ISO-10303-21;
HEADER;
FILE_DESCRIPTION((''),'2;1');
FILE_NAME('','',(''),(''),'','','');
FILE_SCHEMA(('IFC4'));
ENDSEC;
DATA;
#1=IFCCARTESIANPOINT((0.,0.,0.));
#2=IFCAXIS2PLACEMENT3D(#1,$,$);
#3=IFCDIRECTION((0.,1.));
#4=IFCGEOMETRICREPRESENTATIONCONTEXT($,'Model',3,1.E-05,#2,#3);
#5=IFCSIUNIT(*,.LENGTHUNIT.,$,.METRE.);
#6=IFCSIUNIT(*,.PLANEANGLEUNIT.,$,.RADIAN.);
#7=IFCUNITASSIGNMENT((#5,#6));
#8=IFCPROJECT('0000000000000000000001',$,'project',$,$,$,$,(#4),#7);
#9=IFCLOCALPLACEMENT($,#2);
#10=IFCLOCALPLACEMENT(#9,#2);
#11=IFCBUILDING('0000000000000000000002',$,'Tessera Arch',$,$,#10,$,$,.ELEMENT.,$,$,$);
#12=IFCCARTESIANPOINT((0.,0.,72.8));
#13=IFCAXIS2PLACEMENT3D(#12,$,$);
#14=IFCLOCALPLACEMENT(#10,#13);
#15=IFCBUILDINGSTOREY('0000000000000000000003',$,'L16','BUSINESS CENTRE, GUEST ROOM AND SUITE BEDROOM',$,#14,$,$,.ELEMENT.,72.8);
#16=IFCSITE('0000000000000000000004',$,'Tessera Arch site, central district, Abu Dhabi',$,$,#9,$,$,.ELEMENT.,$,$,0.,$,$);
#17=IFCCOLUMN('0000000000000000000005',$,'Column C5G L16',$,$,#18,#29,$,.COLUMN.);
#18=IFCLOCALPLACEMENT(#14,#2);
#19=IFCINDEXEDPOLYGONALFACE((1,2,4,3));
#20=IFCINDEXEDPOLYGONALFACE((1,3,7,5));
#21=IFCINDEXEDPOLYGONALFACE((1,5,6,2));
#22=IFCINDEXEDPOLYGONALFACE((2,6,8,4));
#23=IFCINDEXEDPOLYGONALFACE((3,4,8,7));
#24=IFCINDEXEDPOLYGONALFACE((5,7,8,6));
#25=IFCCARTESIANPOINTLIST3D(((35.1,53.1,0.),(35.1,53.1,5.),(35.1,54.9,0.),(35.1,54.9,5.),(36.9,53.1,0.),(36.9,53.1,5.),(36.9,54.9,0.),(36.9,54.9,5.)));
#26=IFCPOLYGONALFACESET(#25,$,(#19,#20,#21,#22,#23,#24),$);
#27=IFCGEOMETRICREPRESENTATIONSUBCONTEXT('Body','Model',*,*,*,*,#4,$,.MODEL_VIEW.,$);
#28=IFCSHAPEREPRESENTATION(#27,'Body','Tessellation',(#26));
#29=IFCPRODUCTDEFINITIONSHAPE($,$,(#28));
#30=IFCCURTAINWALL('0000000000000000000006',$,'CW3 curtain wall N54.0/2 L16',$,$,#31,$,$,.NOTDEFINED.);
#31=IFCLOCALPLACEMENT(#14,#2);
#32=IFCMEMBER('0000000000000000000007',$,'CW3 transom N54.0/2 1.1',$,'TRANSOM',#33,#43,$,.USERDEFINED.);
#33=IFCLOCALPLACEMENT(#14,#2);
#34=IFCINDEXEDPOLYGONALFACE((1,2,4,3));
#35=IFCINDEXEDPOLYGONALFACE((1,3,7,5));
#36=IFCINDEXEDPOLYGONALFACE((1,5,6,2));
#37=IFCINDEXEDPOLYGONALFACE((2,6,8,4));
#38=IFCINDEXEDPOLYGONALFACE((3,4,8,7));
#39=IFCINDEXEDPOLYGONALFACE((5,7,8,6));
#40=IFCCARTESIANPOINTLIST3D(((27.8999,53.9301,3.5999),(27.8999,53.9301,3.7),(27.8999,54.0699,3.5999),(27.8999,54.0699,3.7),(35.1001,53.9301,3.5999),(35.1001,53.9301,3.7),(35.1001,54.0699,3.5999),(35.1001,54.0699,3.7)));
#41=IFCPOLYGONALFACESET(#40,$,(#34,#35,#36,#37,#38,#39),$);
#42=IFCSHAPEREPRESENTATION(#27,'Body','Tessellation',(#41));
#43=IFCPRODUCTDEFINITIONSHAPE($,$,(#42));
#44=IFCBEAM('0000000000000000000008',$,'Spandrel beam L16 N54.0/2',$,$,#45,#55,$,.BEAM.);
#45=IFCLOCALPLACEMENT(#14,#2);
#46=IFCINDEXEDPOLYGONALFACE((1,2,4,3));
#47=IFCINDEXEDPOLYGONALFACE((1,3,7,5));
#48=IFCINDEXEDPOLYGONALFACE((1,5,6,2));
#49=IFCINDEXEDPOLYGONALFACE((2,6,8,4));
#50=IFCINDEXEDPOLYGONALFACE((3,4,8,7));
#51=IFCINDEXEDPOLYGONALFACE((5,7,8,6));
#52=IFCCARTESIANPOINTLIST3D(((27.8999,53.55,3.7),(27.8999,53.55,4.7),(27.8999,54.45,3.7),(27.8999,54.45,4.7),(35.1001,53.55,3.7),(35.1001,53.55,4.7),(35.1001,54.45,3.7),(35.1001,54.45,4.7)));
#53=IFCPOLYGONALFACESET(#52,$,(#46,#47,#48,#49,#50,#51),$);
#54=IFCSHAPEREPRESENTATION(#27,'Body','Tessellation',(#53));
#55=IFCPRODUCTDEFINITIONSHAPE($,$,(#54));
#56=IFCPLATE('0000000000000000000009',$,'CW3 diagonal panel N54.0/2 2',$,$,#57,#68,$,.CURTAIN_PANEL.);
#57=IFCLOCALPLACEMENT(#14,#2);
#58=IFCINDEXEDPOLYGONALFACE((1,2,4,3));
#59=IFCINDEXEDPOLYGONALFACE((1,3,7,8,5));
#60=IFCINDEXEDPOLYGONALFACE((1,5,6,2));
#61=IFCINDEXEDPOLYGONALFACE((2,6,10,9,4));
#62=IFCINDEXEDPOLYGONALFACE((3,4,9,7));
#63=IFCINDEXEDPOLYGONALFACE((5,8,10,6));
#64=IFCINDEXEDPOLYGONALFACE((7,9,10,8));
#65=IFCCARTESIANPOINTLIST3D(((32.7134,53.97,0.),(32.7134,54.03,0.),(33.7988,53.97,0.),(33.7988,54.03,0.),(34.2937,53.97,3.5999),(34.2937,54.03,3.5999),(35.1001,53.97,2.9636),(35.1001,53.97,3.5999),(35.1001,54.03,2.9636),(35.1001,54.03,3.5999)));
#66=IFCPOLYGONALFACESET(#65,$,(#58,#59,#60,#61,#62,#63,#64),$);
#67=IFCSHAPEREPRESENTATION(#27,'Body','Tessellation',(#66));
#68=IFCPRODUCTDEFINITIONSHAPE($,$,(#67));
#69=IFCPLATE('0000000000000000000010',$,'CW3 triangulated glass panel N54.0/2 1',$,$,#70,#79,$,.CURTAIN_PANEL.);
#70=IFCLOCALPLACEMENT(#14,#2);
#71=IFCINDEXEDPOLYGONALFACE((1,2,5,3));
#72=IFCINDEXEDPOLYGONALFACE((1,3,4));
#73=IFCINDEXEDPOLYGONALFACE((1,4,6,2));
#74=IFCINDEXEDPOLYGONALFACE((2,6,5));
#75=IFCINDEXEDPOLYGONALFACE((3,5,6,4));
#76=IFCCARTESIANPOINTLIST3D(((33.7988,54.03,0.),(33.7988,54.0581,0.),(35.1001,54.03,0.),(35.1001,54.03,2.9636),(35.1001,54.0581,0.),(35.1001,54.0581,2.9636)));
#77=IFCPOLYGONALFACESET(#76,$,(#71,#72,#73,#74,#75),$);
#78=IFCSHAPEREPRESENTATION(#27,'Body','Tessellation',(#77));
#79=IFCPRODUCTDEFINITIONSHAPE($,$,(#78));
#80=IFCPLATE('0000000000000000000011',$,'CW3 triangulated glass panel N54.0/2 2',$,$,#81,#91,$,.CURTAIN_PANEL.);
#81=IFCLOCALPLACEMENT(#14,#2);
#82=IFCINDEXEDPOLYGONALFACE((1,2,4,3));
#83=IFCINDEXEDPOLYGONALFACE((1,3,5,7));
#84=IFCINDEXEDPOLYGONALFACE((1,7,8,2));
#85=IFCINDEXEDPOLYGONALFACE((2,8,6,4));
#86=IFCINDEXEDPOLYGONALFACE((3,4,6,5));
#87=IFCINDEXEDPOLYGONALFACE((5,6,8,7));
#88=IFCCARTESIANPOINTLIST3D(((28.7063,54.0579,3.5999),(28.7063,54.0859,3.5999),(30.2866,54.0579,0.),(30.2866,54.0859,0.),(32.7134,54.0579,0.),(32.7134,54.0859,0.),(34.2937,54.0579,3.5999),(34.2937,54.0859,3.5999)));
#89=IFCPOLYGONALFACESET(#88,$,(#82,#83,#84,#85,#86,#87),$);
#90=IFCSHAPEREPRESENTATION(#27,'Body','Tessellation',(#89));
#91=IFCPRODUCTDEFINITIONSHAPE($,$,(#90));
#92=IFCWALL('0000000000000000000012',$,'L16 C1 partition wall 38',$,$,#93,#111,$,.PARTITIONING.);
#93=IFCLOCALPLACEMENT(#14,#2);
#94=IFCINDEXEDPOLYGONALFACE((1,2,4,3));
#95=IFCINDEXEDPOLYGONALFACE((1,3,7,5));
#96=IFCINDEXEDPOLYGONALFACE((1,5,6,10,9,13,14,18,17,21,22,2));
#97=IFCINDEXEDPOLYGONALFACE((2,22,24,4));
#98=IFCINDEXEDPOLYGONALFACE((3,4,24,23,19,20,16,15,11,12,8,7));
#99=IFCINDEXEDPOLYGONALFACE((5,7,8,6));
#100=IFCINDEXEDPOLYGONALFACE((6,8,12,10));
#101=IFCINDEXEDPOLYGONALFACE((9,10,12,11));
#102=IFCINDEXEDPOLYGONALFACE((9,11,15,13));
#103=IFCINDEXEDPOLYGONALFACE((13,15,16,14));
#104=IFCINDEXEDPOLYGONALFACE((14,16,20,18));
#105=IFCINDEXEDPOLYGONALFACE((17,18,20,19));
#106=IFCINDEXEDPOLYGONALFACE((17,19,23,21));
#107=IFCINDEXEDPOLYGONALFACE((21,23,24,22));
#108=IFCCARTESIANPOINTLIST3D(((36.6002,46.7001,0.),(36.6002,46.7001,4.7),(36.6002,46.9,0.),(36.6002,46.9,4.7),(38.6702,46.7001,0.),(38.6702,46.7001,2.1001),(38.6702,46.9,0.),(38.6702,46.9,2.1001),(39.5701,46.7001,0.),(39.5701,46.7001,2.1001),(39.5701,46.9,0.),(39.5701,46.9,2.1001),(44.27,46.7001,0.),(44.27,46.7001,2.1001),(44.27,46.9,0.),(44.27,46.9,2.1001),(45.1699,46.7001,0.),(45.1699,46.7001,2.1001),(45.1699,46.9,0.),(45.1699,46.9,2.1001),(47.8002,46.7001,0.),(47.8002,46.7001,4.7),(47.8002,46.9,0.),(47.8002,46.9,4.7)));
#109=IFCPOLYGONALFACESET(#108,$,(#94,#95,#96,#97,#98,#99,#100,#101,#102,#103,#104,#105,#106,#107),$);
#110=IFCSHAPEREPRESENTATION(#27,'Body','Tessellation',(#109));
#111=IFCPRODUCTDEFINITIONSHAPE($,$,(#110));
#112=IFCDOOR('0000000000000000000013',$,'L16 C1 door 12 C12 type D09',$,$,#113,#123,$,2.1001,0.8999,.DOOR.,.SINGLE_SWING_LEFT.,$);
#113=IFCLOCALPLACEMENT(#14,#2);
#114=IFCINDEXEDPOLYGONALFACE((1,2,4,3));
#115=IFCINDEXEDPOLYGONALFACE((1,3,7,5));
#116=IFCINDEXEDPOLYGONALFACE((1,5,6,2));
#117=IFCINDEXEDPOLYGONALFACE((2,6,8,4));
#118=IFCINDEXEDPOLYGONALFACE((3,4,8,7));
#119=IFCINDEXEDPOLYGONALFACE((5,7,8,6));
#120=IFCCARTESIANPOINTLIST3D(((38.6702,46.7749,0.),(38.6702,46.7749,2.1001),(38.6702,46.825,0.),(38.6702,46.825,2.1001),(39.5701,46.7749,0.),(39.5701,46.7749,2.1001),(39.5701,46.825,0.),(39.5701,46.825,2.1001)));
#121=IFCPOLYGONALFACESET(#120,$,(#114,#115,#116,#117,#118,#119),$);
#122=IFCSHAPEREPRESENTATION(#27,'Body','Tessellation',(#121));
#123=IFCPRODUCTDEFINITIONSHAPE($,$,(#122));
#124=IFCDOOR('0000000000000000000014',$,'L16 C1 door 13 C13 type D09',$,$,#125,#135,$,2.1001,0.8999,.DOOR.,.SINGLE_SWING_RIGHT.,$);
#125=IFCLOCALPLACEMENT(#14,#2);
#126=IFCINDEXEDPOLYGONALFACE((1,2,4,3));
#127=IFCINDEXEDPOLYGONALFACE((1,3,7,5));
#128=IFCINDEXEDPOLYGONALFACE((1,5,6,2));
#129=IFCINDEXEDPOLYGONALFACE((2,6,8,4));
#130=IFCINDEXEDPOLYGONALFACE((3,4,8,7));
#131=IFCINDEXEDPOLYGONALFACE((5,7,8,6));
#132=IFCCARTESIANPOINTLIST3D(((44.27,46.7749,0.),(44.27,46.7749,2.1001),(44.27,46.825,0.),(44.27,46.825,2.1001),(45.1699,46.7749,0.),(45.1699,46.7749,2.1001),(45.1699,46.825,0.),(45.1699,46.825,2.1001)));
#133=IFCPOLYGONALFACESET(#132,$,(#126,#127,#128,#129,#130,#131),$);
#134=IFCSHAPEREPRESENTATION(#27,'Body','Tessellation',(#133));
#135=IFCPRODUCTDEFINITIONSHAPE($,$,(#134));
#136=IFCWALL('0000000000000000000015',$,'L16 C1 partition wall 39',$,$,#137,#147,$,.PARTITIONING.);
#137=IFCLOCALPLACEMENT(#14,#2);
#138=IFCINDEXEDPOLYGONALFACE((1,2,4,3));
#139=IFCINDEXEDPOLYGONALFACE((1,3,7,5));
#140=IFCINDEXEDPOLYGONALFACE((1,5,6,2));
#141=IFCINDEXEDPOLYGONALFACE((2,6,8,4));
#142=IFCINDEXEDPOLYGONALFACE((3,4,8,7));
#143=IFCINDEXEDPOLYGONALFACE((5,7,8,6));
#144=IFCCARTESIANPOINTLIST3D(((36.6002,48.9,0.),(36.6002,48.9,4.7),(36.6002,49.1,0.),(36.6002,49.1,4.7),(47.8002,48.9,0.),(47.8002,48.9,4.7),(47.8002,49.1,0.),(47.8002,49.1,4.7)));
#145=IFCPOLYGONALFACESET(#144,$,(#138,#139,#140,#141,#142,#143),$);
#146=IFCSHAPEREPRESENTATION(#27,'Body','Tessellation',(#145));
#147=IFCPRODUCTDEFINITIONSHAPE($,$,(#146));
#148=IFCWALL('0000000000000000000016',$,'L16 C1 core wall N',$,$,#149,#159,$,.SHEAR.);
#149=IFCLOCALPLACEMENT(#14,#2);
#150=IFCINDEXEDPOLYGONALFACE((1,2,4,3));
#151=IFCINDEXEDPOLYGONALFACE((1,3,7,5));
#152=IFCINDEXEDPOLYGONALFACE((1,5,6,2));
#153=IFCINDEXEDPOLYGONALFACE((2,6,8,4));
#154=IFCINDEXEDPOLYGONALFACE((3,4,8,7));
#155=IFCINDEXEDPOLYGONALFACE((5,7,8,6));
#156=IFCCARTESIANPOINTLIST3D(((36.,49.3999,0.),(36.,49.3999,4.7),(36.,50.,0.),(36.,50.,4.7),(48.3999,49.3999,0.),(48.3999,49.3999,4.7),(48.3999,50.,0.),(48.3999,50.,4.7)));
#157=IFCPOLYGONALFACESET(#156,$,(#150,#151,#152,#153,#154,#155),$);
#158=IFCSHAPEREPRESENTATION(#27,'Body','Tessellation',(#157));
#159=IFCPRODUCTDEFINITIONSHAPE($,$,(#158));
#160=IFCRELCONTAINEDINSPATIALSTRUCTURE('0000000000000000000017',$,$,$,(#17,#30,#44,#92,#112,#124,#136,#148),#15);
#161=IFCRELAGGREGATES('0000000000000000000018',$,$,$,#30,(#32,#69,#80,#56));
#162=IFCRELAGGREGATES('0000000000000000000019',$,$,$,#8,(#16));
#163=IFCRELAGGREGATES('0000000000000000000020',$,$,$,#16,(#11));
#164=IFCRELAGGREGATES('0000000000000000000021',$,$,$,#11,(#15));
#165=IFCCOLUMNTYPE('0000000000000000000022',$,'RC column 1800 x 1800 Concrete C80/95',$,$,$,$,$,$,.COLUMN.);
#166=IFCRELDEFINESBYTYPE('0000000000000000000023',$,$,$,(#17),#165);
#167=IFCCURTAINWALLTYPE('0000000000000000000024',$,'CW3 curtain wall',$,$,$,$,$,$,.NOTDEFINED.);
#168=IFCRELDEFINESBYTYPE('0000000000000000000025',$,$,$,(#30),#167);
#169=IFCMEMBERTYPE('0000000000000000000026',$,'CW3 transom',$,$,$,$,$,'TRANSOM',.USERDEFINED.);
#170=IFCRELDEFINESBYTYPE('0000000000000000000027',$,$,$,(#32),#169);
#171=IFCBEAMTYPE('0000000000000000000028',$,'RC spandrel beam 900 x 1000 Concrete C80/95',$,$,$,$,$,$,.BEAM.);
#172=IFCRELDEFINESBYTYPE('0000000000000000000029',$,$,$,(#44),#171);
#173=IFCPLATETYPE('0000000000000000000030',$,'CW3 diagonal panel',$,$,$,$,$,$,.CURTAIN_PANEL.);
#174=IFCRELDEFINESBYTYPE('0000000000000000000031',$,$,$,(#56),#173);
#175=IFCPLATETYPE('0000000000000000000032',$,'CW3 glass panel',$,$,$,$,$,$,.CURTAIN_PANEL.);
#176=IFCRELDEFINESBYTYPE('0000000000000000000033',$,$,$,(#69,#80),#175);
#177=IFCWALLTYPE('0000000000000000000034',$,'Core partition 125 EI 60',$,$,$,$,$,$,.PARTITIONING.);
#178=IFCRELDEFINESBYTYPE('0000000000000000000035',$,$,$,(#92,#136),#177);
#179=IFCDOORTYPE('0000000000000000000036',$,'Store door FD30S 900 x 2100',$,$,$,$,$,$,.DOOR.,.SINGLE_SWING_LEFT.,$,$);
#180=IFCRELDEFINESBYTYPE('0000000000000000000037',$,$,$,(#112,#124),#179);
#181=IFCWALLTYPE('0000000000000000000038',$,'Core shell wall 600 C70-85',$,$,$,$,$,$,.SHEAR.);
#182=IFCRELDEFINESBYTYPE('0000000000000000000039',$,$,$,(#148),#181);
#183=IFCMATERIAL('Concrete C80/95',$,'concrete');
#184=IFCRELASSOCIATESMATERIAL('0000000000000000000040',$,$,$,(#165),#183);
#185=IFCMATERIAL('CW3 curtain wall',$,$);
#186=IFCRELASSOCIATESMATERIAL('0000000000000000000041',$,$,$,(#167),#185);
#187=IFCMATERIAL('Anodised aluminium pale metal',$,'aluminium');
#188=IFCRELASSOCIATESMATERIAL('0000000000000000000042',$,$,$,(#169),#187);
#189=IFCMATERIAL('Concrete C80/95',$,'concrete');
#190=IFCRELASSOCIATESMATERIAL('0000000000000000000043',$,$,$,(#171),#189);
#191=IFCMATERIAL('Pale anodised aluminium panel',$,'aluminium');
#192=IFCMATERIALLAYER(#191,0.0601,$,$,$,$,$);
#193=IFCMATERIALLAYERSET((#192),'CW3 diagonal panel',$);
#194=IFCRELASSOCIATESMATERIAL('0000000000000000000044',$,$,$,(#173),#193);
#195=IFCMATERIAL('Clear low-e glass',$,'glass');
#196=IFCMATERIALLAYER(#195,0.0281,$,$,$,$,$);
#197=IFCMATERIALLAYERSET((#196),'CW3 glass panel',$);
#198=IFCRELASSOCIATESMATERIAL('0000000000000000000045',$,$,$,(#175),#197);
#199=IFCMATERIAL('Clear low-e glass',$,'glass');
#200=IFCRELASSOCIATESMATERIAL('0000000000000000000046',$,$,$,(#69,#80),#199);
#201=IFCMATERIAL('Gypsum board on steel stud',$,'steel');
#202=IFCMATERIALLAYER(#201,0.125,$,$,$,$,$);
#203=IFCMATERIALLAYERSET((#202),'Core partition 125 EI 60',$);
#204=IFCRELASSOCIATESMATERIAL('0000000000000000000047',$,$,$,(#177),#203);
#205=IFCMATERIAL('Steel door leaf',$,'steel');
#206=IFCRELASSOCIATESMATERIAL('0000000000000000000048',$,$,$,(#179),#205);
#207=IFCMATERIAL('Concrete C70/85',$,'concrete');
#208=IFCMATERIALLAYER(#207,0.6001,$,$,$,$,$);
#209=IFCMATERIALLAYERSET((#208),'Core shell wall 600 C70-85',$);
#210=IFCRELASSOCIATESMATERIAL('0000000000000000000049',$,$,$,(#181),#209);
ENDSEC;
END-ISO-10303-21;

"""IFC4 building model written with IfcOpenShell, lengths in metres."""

from ifc_helpers import new_model, si_unit, direction, frame, frame_2d, origin, origin_2d, place, context, subcontext, project, spatial, polyline, rectangle, outline, extrude, material, layer, layer_set, material_profile, profile_set, type_object, element, fill, aggregate, save


model = new_model("IFC4")

# Units and contexts
model_context = context("Model", 3, precision=1e-05, world=origin(), true_north=direction((0.0, 1.0)))
body_context = subcontext(model_context, "Body", "Model", "MODEL_VIEW")
ifc_project = project(units=[si_unit("LENGTHUNIT", "METRE"), si_unit("PLANEANGLEUNIT", "RADIAN")], contexts=[model_context])

# Site, building, storey
site_placement = place(None, origin())
site = spatial("IfcSite", under=ifc_project, at=site_placement, Name="Tessera Arch site, central district, Abu Dhabi", CompositionType="ELEMENT", RefElevation=0.0)
building_placement = place(site_placement, origin())
building = spatial("IfcBuilding", under=site, at=building_placement, Name="Tessera Arch", CompositionType="ELEMENT")
storey_placement = place(building_placement, frame((0.0, 0.0, 72.8)))
storey = spatial("IfcBuildingStorey", under=building, at=storey_placement, Name="L16", Description="BUSINESS CENTRE, GUEST ROOM AND SUITE BEDROOM", CompositionType="ELEMENT", Elevation=72.8)

# Column
ifc_material_1 = material(Name="Concrete C80/95", Category="concrete")
ifc_material_profile_1 = material_profile(ifc_material_1, rectangle(XDim=1.8, YDim=1.8, at=origin_2d()), Name="RC column 1800 x 1800 Concrete C80/95")
ifc_profile_set_1 = profile_set([ifc_material_profile_1], Name="Concrete C80/95")
column_type = type_object("IfcColumnType", Name="RC column 1800 x 1800 Concrete C80/95", PredefinedType="COLUMN", material=ifc_profile_set_1)
column_placement = place(storey_placement, frame((36.0, 54.0, 0.0), z_axis=(0.0, 0.0, 1.0), x_axis=(1.0, 0.0, 0.0)))
element("IfcColumn", 1, at=column_placement, inside=storey, type_object=column_type, Name="Column C5G L16", PredefinedType="COLUMN", context=body_context, shape_type="SweptSolid", body=[
    extrude(rectangle(XDim=1.8, YDim=1.8, at=origin_2d()), origin(), (0.0, 0.0, 1.0), 5.0),
])

# Curtain wall, member
ifc_material_2 = material(Name="CW3 curtain wall")
curtain_wall_type = type_object("IfcCurtainWallType", Name="CW3 curtain wall", PredefinedType="NOTDEFINED", material=ifc_material_2)
curtain_wall_placement = place(storey_placement, origin())
curtain_wall = element("IfcCurtainWall", 2, at=curtain_wall_placement, inside=storey, type_object=curtain_wall_type, Name="CW3 curtain wall N54.0/2 L16", PredefinedType="NOTDEFINED")
ifc_material_3 = material(Name="Anodised aluminium pale metal", Category="aluminium")
ifc_material_profile_2 = material_profile(ifc_material_3, rectangle(XDim=0.1399, YDim=0.1001, at=origin_2d()), Name="AL 140x100")
ifc_profile_set_2 = profile_set([ifc_material_profile_2], Name="Anodised aluminium pale metal")
member_type = type_object("IfcMemberType", Name="CW3 transom", ElementType="TRANSOM", PredefinedType="USERDEFINED", material=ifc_profile_set_2)
member_placement = place(storey_placement, frame((35.1001, 54.0, 3.6499), z_axis=(-1.0, 0.0, 0.0), x_axis=(0.0, -1.0, 0.0)))
member = element("IfcMember", 3, at=member_placement, type_object=member_type, Name="CW3 transom N54.0/2 1.1", ObjectType="TRANSOM", PredefinedType="USERDEFINED", context=body_context, shape_type="SweptSolid", body=[
    extrude(rectangle(XDim=0.1399, YDim=0.1001, at=origin_2d()), origin(), (0.0, 0.0, 1.0), 7.2002),
])

# Beam
ifc_material_4 = material(Name="Concrete C80/95", Category="concrete")
ifc_material_profile_3 = material_profile(ifc_material_4, rectangle(XDim=0.8999, YDim=1.0, at=origin_2d()), Name="RC spandrel beam 900 x 1000 Concrete C80/95")
ifc_profile_set_3 = profile_set([ifc_material_profile_3], Name="Concrete C80/95")
beam_type = type_object("IfcBeamType", Name="RC spandrel beam 900 x 1000 Concrete C80/95", PredefinedType="BEAM", material=ifc_profile_set_3)
beam_placement = place(storey_placement, frame((35.1001, 54.0, 4.2), z_axis=(-1.0, 0.0, 0.0), x_axis=(0.0, -1.0, 0.0)))
element("IfcBeam", 4, at=beam_placement, inside=storey, type_object=beam_type, Name="Spandrel beam L16 N54.0/2", PredefinedType="BEAM", context=body_context, shape_type="SweptSolid", body=[
    extrude(rectangle(XDim=0.8999, YDim=1.0, at=origin_2d()), origin(), (0.0, 0.0, 1.0), 7.2002),
])

# Plates
ifc_material_5 = material(Name="Pale anodised aluminium panel", Category="aluminium")
ifc_layer_1 = layer(ifc_material_5, 0.0601)
ifc_layer_set_1 = layer_set([ifc_layer_1], Name="CW3 diagonal panel")
plate_type_1 = type_object("IfcPlateType", Name="CW3 diagonal panel", PredefinedType="CURTAIN_PANEL", material=ifc_layer_set_1)
plate_1_placement = place(storey_placement, frame((35.1001, 54.03, 3.5999), z_axis=(0.0, 1.0, 0.0), x_axis=(0.0, 0.0, -1.0)))
plate_1 = element("IfcPlate", 5, at=plate_1_placement, type_object=plate_type_1, Name="CW3 diagonal panel N54.0/2 2", PredefinedType="CURTAIN_PANEL", context=body_context, shape_type="SweptSolid", body=[
    extrude(outline(polyline([(0.0, 0.0), (0.6362, 0.0), (3.5999, 1.3013), (3.5999, 2.3867), (0.0, 0.8064), (0.0, 0.0)])), origin(), (0.0, 0.0, -1.0), 0.0601),
])
ifc_material_6 = material(Name="Clear low-e glass", Category="glass")
ifc_material_7 = material(Name="Clear low-e glass", Category="glass")
ifc_layer_2 = layer(ifc_material_7, 0.0281)
ifc_layer_set_2 = layer_set([ifc_layer_2], Name="CW3 glass panel")
plate_type_2 = type_object("IfcPlateType", Name="CW3 glass panel", PredefinedType="CURTAIN_PANEL", material=ifc_layer_set_2)
plate_2_placement = place(storey_placement, frame((35.1001, 54.0581, 0.0), z_axis=(0.0, 1.0, 0.0), x_axis=(-1.0, 0.0, 0.0)))
plate_2 = element("IfcPlate", 6, at=plate_2_placement, type_object=plate_type_2, material=ifc_material_6, Name="CW3 triangulated glass panel N54.0/2 1", PredefinedType="CURTAIN_PANEL", context=body_context, shape_type="SweptSolid", body=[
    extrude(outline(polyline([(0.0, 0.0), (1.3013, 0.0), (0.0, 2.9636), (0.0, 0.0)])), origin(), (0.0, 0.0, -1.0), 0.0281),
])
plate_3_placement = place(storey_placement, frame((28.7063, 54.0859, 3.5999), z_axis=(0.0, 1.0, 0.0), x_axis=(1.0, 0.0, 0.0)))
plate_3 = element("IfcPlate", 7, at=plate_3_placement, type_object=plate_type_2, material=ifc_material_6, Name="CW3 triangulated glass panel N54.0/2 2", PredefinedType="CURTAIN_PANEL", context=body_context, shape_type="SweptSolid", body=[
    extrude(outline(polyline([(0.0, 0.0), (5.5874, 0.0), (4.0071, 3.5999), (1.5803, 3.5999), (0.0, 0.0)])), origin(), (0.0, 0.0, -1.0), 0.0281),
])
aggregate(curtain_wall, [member, plate_2, plate_3, plate_1])

# Wall, openings, doors
ifc_material_8 = material(Name="Gypsum board on steel stud", Category="steel")
ifc_layer_3 = layer(ifc_material_8, 0.125)
ifc_layer_set_3 = layer_set([ifc_layer_3], Name="Core partition 125 EI 60")
wall_type_1 = type_object("IfcWallType", Name="Core partition 125 EI 60", PredefinedType="PARTITIONING", material=ifc_layer_set_3)
wall_1_placement = place(storey_placement, frame((36.6001, 46.8, 0.0), z_axis=(0.0, 0.0, 1.0), x_axis=(1.0, 0.0, 0.0)))
wall_1 = element("IfcWall", 8, at=wall_1_placement, inside=storey, type_object=wall_type_1, Name="L16 C1 partition wall 38", PredefinedType="PARTITIONING", context=body_context, shape_type="SweptSolid", body=[
    extrude(rectangle(XDim=11.2, YDim=0.2, at=frame_2d((5.6001, 0.0))), origin(), (0.0, 0.0, 1.0), 4.7),
])
opening_1_placement = place(wall_1_placement, frame((2.0701, 0.0, 0.0)))
opening_1 = element("IfcOpeningElement", 9, at=opening_1_placement, cuts=wall_1, PredefinedType="OPENING", context=body_context, shape_type="SweptSolid", body=[
    extrude(rectangle(XDim=0.8999, YDim=2.1001, at=frame_2d((0.45, 1.05))), frame((0.0, 0.1099, 0.0), z_axis=(0.0, -1.0, 0.0), x_axis=(1.0, 0.0, 0.0)), (0.0, 0.0, 1.0), 0.22),
])
opening_2_placement = place(wall_1_placement, frame((7.6699, 0.0, 0.0)))
opening_2 = element("IfcOpeningElement", 10, at=opening_2_placement, cuts=wall_1, PredefinedType="OPENING", context=body_context, shape_type="SweptSolid", body=[
    extrude(rectangle(XDim=0.8999, YDim=2.1001, at=frame_2d((0.45, 1.05))), frame((0.0, 0.1099, 0.0), z_axis=(0.0, -1.0, 0.0), x_axis=(1.0, 0.0, 0.0)), (0.0, 0.0, 1.0), 0.22),
])
ifc_material_9 = material(Name="Steel door leaf", Category="steel")
door_type_1 = type_object("IfcDoorType", Name="Store door FD30S 900 x 2100", OperationType="SINGLE_SWING_LEFT", PredefinedType="DOOR", material=ifc_material_9)
door_1_placement = place(opening_1_placement, origin())
door_1 = element("IfcDoor", 11, at=door_1_placement, inside=storey, type_object=door_type_1, Name="L16 C1 door 12 C12 type D09", OperationType="SINGLE_SWING_LEFT", OverallHeight=2.1001, OverallWidth=0.8999, PredefinedType="DOOR", context=body_context, shape_type="SweptSolid", body=[
    extrude(rectangle(XDim=0.8999, YDim=2.1001, at=frame_2d((0.45, 1.05))), frame((0.0, 0.0249, 0.0), z_axis=(0.0, -1.0, 0.0), x_axis=(1.0, 0.0, 0.0)), (0.0, 0.0, 1.0), 0.05),
])
fill(opening_1, door_1)
door_2_placement = place(opening_2_placement, origin())
door_2 = element("IfcDoor", 12, at=door_2_placement, inside=storey, type_object=door_type_1, Name="L16 C1 door 13 C13 type D09", OperationType="SINGLE_SWING_RIGHT", OverallHeight=2.1001, OverallWidth=0.8999, PredefinedType="DOOR", context=body_context, shape_type="SweptSolid", body=[
    extrude(rectangle(XDim=0.8999, YDim=2.1001, at=frame_2d((0.45, 1.05))), frame((0.0, 0.0249, 0.0), z_axis=(0.0, -1.0, 0.0), x_axis=(1.0, 0.0, 0.0)), (0.0, 0.0, 1.0), 0.05),
])
fill(opening_2, door_2)

# Walls
wall_2_placement = place(storey_placement, frame((36.6001, 49.0, 0.0), z_axis=(0.0, 0.0, 1.0), x_axis=(1.0, 0.0, 0.0)))
element("IfcWall", 13, at=wall_2_placement, inside=storey, type_object=wall_type_1, Name="L16 C1 partition wall 39", PredefinedType="PARTITIONING", context=body_context, shape_type="SweptSolid", body=[
    extrude(rectangle(XDim=11.2, YDim=0.2, at=frame_2d((5.6001, 0.0))), origin(), (0.0, 0.0, 1.0), 4.7),
])
ifc_material_10 = material(Name="Concrete C70/85", Category="concrete")
ifc_layer_4 = layer(ifc_material_10, 0.6001)
ifc_layer_set_4 = layer_set([ifc_layer_4], Name="Core shell wall 600 C70-85")
wall_type_2 = type_object("IfcWallType", Name="Core shell wall 600 C70-85", PredefinedType="SHEAR", material=ifc_layer_set_4)
wall_3_placement = place(storey_placement, frame((36.0, 49.7, 0.0), z_axis=(0.0, 0.0, 1.0), x_axis=(1.0, 0.0, 0.0)))
element("IfcWall", 14, at=wall_3_placement, inside=storey, type_object=wall_type_2, Name="L16 C1 core wall N", PredefinedType="SHEAR", context=body_context, shape_type="SweptSolid", body=[
    extrude(rectangle(XDim=12.3999, YDim=0.6001, at=frame_2d((6.2, 0.0))), origin(), (0.0, 0.0, 1.0), 4.7),
])

save(model, "model.ifc")
